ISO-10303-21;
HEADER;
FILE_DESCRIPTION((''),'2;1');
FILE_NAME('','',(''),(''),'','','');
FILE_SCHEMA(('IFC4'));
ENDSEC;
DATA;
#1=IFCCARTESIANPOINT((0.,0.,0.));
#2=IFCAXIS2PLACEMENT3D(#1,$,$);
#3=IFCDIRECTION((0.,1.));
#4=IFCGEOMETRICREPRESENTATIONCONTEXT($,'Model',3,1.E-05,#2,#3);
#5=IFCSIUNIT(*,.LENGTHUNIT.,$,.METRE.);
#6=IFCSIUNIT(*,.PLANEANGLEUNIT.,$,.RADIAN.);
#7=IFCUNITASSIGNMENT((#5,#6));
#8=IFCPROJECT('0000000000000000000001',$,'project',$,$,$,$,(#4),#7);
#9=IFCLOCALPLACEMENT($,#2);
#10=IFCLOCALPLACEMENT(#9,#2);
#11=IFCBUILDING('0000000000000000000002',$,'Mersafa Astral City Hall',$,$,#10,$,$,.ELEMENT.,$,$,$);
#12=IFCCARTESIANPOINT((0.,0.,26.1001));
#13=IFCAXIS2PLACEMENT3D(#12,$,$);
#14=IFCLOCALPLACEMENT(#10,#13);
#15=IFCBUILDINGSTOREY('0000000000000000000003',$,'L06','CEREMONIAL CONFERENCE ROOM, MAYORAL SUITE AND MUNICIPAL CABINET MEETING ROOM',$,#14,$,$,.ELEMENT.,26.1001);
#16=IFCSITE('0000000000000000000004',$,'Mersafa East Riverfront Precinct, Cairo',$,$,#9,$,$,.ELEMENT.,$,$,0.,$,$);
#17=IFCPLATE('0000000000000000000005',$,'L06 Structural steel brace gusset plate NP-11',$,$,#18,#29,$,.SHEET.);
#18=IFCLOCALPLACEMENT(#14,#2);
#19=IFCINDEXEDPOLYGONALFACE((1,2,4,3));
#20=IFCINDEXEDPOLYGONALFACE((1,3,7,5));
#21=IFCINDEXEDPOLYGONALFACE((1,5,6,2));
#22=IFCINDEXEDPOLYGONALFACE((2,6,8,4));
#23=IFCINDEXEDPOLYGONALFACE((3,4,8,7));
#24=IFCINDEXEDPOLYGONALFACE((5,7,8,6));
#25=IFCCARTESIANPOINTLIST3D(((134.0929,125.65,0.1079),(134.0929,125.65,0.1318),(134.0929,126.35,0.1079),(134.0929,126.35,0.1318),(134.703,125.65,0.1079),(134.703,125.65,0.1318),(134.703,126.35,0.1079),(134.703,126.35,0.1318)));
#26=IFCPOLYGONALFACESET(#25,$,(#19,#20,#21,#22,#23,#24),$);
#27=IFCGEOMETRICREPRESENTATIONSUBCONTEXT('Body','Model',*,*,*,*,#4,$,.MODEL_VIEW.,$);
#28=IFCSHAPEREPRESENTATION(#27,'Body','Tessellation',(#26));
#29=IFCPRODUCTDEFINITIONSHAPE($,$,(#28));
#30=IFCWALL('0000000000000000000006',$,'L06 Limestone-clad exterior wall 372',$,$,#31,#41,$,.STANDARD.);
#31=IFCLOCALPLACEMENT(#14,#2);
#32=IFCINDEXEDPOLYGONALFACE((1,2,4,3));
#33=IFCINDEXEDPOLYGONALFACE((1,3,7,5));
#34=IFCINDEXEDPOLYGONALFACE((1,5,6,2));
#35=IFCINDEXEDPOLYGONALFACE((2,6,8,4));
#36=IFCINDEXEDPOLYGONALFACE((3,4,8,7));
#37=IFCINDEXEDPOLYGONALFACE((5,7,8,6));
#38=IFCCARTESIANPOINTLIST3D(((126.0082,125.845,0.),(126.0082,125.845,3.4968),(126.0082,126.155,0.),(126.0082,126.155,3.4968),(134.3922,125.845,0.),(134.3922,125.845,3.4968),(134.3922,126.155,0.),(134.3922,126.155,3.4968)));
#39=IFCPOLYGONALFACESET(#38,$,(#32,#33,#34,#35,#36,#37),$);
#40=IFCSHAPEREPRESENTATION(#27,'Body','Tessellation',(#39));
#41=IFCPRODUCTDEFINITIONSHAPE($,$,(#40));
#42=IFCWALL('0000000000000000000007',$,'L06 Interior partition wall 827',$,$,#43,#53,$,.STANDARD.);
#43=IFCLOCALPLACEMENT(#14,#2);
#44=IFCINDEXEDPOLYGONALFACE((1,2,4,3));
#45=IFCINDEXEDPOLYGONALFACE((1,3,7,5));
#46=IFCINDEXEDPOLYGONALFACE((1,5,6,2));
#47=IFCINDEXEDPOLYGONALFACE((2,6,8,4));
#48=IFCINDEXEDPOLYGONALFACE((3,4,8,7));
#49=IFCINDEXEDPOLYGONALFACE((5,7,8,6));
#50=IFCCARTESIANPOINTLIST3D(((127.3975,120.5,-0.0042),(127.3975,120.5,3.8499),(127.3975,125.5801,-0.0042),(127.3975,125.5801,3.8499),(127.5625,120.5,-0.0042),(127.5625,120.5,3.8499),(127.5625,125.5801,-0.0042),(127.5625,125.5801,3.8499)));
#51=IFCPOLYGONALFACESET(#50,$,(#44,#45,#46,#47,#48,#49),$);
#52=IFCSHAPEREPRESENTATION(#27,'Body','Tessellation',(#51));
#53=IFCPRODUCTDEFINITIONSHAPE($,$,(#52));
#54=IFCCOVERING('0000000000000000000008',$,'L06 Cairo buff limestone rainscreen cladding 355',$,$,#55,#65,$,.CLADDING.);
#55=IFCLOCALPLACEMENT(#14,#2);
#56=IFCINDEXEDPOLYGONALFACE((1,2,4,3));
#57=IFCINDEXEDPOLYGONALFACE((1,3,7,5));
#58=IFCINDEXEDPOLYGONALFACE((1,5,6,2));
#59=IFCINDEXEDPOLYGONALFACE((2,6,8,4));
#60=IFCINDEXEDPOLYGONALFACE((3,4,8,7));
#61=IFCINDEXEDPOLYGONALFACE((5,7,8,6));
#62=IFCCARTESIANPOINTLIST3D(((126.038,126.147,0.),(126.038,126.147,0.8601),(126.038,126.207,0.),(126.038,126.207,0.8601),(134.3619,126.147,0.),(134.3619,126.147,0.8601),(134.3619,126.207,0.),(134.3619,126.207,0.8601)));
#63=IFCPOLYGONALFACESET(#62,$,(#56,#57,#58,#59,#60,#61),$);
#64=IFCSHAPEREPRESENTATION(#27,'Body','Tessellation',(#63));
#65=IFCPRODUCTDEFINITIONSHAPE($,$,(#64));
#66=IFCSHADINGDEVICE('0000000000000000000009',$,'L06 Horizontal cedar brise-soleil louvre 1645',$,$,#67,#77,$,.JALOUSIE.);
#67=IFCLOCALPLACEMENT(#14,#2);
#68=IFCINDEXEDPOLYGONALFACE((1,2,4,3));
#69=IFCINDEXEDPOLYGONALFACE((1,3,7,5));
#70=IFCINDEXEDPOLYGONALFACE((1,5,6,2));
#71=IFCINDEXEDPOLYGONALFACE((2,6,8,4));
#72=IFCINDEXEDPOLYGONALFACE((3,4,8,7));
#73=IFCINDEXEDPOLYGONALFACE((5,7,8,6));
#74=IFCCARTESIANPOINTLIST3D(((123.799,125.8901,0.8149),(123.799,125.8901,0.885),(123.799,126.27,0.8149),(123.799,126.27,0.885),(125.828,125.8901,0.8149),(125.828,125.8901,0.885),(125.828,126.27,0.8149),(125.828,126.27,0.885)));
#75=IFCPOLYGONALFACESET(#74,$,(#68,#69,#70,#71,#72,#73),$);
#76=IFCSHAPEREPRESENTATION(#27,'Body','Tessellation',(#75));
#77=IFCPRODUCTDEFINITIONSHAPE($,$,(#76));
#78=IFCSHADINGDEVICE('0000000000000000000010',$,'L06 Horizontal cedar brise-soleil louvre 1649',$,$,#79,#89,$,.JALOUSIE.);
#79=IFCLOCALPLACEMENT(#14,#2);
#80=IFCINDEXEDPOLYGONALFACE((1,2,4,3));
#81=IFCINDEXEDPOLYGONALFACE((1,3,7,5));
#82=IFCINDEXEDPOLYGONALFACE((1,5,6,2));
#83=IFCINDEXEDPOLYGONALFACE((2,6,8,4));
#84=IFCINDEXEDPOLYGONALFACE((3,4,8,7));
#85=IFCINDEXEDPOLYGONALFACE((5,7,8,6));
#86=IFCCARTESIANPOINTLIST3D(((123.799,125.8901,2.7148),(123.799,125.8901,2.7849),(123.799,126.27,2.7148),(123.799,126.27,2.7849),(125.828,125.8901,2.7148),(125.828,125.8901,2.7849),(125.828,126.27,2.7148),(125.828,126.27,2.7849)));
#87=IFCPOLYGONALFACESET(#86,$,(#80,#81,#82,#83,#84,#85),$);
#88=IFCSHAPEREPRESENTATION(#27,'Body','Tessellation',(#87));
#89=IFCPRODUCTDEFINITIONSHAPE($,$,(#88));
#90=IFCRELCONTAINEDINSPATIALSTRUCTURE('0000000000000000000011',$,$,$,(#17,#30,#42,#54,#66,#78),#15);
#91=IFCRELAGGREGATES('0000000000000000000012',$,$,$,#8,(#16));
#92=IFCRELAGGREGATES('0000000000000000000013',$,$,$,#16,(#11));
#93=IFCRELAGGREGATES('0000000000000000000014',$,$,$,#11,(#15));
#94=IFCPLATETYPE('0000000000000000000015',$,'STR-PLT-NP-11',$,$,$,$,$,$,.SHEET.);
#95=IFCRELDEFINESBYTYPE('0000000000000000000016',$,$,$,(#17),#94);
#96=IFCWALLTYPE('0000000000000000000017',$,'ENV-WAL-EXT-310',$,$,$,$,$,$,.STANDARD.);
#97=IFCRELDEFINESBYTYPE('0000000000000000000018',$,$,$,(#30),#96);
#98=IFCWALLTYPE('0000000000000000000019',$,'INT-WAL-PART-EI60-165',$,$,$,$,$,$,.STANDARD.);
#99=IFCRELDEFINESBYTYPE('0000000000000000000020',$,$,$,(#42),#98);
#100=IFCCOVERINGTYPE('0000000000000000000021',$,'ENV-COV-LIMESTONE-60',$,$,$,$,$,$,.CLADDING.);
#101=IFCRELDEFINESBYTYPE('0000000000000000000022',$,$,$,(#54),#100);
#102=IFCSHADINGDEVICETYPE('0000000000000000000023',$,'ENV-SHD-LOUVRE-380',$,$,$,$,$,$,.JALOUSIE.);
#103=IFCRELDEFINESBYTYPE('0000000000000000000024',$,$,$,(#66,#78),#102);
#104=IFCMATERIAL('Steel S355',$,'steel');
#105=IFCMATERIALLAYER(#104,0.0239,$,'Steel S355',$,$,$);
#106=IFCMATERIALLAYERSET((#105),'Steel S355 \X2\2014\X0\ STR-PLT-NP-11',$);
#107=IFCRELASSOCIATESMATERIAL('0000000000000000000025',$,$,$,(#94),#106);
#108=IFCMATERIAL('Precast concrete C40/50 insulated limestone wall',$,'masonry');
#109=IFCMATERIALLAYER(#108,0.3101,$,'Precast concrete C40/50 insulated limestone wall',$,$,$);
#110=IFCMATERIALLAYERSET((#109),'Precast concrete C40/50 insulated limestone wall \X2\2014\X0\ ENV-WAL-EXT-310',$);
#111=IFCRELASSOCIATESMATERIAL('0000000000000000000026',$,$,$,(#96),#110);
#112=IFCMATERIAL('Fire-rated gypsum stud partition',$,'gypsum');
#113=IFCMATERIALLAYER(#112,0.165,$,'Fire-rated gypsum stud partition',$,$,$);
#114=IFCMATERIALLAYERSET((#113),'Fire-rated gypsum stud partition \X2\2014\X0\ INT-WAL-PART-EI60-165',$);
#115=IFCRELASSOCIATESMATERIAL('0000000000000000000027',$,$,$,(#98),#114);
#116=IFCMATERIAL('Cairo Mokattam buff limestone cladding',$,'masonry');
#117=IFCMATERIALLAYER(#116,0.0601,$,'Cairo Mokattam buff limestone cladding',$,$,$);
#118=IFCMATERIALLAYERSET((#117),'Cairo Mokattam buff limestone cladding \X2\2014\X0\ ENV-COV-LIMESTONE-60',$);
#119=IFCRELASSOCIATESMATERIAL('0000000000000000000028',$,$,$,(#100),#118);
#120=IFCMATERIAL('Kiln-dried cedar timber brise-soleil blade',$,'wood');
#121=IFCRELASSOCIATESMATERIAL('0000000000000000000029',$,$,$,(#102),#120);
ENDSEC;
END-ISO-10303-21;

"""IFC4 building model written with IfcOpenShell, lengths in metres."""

from ifc_helpers import new_model, si_unit, direction, frame, frame_2d, origin, origin_2d, place, context, subcontext, project, spatial, rectangle, extrude, material, layer, layer_set, type_object, element, save


model = new_model("IFC4")

# Units and contexts
model_context = context("Model", 3, precision=1e-05, world=origin(), true_north=direction((0.0, 1.0)))
body_context = subcontext(model_context, "Body", "Model", "MODEL_VIEW")
ifc_project = project(units=[si_unit("LENGTHUNIT", "METRE"), si_unit("PLANEANGLEUNIT", "RADIAN")], contexts=[model_context])

# Site, building, storey
site_placement = place(None, origin())
site = spatial("IfcSite", under=ifc_project, at=site_placement, Name="Mersafa East Riverfront Precinct, Cairo", CompositionType="ELEMENT", RefElevation=0.0)
building_placement = place(site_placement, origin())
building = spatial("IfcBuilding", under=site, at=building_placement, Name="Mersafa Astral City Hall", CompositionType="ELEMENT")
storey_placement = place(building_placement, frame((0.0, 0.0, 26.1001)))
storey = spatial("IfcBuildingStorey", under=building, at=storey_placement, Name="L06", Description="CEREMONIAL CONFERENCE ROOM, MAYORAL SUITE AND MUNICIPAL CABINET MEETING ROOM", CompositionType="ELEMENT", Elevation=26.1001)

# Shared definitions
ifc_material_1 = material(Name="Steel S355", Category="steel")

# Plate
ifc_layer_1 = layer(ifc_material_1, 0.0239, Name="Steel S355")
ifc_layer_set_1 = layer_set([ifc_layer_1], Name="Steel S355 — STR-PLT-NP-11")
plate_type_1 = type_object("IfcPlateType", Name="STR-PLT-NP-11", PredefinedType="SHEET", material=ifc_layer_set_1)
plate_1_placement = place(storey_placement, frame((134.3979, 126.0, 0.1079), z_axis=(0.0, 0.0, 1.0), x_axis=(1.0, 0.0, 0.0)))
element("IfcPlate", 1, at=plate_1_placement, inside=storey, type_object=plate_type_1, Name="L06 Structural steel brace gusset plate NP-11", PredefinedType="SHEET", context=body_context, shape_type="SweptSolid", body=[
    extrude(rectangle(XDim=0.6101, YDim=0.7, at=origin_2d()), origin(), (0.0, 0.0, 1.0), 0.0239),
])

# Walls
ifc_material_2 = material(Name="Precast concrete C40/50 insulated limestone wall", Category="masonry")
ifc_layer_2 = layer(ifc_material_2, 0.3101, Name="Precast concrete C40/50 insulated limestone wall")
ifc_layer_set_2 = layer_set([ifc_layer_2], Name="Precast concrete C40/50 insulated limestone wall — ENV-WAL-EXT-310")
wall_type_1 = type_object("IfcWallType", Name="ENV-WAL-EXT-310", PredefinedType="STANDARD", material=ifc_layer_set_2)
wall_1_placement = place(storey_placement, frame((134.3921, 126.0, 0.0), z_axis=(0.0, 0.0, 1.0), x_axis=(-1.0, 0.0, 0.0)))
element("IfcWall", 2, at=wall_1_placement, inside=storey, type_object=wall_type_1, Name="L06 Limestone-clad exterior wall 372", PredefinedType="STANDARD", context=body_context, shape_type="SweptSolid", body=[
    extrude(rectangle(XDim=8.384, YDim=0.3101, at=frame_2d((4.1919, 0.0))), origin(), (0.0, 0.0, 1.0), 3.4968),
])
ifc_material_3 = material(Name="Fire-rated gypsum stud partition", Category="gypsum")
ifc_layer_3 = layer(ifc_material_3, 0.165, Name="Fire-rated gypsum stud partition")
ifc_layer_set_3 = layer_set([ifc_layer_3], Name="Fire-rated gypsum stud partition — INT-WAL-PART-EI60-165")
wall_type_2 = type_object("IfcWallType", Name="INT-WAL-PART-EI60-165", PredefinedType="STANDARD", material=ifc_layer_set_3)
wall_2_placement = place(storey_placement, frame((127.48, 120.5, -0.0042), z_axis=(0.0, 0.0, 1.0), x_axis=(0.0, 1.0, 0.0)))
element("IfcWall", 3, at=wall_2_placement, inside=storey, type_object=wall_type_2, Name="L06 Interior partition wall 827", PredefinedType="STANDARD", context=body_context, shape_type="SweptSolid", body=[
    extrude(rectangle(XDim=5.0801, YDim=0.165, at=frame_2d((2.54, 0.0))), origin(), (0.0, 0.0, 1.0), 3.854),
])

# Covering
ifc_material_4 = material(Name="Cairo Mokattam buff limestone cladding", Category="masonry")
ifc_layer_4 = layer(ifc_material_4, 0.0601, Name="Cairo Mokattam buff limestone cladding")
ifc_layer_set_4 = layer_set([ifc_layer_4], Name="Cairo Mokattam buff limestone cladding — ENV-COV-LIMESTONE-60")
covering_type = type_object("IfcCoveringType", Name="ENV-COV-LIMESTONE-60", PredefinedType="CLADDING", material=ifc_layer_set_4)
covering_placement = place(storey_placement, frame((130.2, 126.177, 0.0), z_axis=(0.0, 0.0, 1.0), x_axis=(-1.0, 0.0, 0.0)))
element("IfcCovering", 4, at=covering_placement, inside=storey, type_object=covering_type, Name="L06 Cairo buff limestone rainscreen cladding 355", PredefinedType="CLADDING", context=body_context, shape_type="SweptSolid", body=[
    extrude(rectangle(XDim=8.324, YDim=0.0601, at=origin_2d()), origin(), (0.0, 0.0, 1.0), 0.8601),
])

# Shading devices
ifc_material_5 = material(Name="Kiln-dried cedar timber brise-soleil blade", Category="wood")
shading_device_type = type_object("IfcShadingDeviceType", Name="ENV-SHD-LOUVRE-380", PredefinedType="JALOUSIE", material=ifc_material_5)
for number, where, z_axis, x_axis, name in (
    (5, (124.8135, 126.0801, 0.8149), (0.0, 0.0, 1.0), (-1.0, 0.0, 0.0), "L06 Horizontal cedar brise-soleil louvre 1645"),
    (6, (124.8135, 126.0801, 2.7148), (0.0, 0.0, 1.0), (-1.0, 0.0, 0.0), "L06 Horizontal cedar brise-soleil louvre 1649"),
):
    element("IfcShadingDevice", number, at=place(storey_placement, frame(where, z_axis=z_axis, x_axis=x_axis)), inside=storey, type_object=shading_device_type, Name=name, PredefinedType="JALOUSIE", context=body_context, shape_type="SweptSolid", body=[
        extrude(rectangle(XDim=2.0291, YDim=0.3799, at=origin_2d()), origin(), (0.0, 0.0, 1.0), 0.0701),
    ])

save(model, "model.ifc")
